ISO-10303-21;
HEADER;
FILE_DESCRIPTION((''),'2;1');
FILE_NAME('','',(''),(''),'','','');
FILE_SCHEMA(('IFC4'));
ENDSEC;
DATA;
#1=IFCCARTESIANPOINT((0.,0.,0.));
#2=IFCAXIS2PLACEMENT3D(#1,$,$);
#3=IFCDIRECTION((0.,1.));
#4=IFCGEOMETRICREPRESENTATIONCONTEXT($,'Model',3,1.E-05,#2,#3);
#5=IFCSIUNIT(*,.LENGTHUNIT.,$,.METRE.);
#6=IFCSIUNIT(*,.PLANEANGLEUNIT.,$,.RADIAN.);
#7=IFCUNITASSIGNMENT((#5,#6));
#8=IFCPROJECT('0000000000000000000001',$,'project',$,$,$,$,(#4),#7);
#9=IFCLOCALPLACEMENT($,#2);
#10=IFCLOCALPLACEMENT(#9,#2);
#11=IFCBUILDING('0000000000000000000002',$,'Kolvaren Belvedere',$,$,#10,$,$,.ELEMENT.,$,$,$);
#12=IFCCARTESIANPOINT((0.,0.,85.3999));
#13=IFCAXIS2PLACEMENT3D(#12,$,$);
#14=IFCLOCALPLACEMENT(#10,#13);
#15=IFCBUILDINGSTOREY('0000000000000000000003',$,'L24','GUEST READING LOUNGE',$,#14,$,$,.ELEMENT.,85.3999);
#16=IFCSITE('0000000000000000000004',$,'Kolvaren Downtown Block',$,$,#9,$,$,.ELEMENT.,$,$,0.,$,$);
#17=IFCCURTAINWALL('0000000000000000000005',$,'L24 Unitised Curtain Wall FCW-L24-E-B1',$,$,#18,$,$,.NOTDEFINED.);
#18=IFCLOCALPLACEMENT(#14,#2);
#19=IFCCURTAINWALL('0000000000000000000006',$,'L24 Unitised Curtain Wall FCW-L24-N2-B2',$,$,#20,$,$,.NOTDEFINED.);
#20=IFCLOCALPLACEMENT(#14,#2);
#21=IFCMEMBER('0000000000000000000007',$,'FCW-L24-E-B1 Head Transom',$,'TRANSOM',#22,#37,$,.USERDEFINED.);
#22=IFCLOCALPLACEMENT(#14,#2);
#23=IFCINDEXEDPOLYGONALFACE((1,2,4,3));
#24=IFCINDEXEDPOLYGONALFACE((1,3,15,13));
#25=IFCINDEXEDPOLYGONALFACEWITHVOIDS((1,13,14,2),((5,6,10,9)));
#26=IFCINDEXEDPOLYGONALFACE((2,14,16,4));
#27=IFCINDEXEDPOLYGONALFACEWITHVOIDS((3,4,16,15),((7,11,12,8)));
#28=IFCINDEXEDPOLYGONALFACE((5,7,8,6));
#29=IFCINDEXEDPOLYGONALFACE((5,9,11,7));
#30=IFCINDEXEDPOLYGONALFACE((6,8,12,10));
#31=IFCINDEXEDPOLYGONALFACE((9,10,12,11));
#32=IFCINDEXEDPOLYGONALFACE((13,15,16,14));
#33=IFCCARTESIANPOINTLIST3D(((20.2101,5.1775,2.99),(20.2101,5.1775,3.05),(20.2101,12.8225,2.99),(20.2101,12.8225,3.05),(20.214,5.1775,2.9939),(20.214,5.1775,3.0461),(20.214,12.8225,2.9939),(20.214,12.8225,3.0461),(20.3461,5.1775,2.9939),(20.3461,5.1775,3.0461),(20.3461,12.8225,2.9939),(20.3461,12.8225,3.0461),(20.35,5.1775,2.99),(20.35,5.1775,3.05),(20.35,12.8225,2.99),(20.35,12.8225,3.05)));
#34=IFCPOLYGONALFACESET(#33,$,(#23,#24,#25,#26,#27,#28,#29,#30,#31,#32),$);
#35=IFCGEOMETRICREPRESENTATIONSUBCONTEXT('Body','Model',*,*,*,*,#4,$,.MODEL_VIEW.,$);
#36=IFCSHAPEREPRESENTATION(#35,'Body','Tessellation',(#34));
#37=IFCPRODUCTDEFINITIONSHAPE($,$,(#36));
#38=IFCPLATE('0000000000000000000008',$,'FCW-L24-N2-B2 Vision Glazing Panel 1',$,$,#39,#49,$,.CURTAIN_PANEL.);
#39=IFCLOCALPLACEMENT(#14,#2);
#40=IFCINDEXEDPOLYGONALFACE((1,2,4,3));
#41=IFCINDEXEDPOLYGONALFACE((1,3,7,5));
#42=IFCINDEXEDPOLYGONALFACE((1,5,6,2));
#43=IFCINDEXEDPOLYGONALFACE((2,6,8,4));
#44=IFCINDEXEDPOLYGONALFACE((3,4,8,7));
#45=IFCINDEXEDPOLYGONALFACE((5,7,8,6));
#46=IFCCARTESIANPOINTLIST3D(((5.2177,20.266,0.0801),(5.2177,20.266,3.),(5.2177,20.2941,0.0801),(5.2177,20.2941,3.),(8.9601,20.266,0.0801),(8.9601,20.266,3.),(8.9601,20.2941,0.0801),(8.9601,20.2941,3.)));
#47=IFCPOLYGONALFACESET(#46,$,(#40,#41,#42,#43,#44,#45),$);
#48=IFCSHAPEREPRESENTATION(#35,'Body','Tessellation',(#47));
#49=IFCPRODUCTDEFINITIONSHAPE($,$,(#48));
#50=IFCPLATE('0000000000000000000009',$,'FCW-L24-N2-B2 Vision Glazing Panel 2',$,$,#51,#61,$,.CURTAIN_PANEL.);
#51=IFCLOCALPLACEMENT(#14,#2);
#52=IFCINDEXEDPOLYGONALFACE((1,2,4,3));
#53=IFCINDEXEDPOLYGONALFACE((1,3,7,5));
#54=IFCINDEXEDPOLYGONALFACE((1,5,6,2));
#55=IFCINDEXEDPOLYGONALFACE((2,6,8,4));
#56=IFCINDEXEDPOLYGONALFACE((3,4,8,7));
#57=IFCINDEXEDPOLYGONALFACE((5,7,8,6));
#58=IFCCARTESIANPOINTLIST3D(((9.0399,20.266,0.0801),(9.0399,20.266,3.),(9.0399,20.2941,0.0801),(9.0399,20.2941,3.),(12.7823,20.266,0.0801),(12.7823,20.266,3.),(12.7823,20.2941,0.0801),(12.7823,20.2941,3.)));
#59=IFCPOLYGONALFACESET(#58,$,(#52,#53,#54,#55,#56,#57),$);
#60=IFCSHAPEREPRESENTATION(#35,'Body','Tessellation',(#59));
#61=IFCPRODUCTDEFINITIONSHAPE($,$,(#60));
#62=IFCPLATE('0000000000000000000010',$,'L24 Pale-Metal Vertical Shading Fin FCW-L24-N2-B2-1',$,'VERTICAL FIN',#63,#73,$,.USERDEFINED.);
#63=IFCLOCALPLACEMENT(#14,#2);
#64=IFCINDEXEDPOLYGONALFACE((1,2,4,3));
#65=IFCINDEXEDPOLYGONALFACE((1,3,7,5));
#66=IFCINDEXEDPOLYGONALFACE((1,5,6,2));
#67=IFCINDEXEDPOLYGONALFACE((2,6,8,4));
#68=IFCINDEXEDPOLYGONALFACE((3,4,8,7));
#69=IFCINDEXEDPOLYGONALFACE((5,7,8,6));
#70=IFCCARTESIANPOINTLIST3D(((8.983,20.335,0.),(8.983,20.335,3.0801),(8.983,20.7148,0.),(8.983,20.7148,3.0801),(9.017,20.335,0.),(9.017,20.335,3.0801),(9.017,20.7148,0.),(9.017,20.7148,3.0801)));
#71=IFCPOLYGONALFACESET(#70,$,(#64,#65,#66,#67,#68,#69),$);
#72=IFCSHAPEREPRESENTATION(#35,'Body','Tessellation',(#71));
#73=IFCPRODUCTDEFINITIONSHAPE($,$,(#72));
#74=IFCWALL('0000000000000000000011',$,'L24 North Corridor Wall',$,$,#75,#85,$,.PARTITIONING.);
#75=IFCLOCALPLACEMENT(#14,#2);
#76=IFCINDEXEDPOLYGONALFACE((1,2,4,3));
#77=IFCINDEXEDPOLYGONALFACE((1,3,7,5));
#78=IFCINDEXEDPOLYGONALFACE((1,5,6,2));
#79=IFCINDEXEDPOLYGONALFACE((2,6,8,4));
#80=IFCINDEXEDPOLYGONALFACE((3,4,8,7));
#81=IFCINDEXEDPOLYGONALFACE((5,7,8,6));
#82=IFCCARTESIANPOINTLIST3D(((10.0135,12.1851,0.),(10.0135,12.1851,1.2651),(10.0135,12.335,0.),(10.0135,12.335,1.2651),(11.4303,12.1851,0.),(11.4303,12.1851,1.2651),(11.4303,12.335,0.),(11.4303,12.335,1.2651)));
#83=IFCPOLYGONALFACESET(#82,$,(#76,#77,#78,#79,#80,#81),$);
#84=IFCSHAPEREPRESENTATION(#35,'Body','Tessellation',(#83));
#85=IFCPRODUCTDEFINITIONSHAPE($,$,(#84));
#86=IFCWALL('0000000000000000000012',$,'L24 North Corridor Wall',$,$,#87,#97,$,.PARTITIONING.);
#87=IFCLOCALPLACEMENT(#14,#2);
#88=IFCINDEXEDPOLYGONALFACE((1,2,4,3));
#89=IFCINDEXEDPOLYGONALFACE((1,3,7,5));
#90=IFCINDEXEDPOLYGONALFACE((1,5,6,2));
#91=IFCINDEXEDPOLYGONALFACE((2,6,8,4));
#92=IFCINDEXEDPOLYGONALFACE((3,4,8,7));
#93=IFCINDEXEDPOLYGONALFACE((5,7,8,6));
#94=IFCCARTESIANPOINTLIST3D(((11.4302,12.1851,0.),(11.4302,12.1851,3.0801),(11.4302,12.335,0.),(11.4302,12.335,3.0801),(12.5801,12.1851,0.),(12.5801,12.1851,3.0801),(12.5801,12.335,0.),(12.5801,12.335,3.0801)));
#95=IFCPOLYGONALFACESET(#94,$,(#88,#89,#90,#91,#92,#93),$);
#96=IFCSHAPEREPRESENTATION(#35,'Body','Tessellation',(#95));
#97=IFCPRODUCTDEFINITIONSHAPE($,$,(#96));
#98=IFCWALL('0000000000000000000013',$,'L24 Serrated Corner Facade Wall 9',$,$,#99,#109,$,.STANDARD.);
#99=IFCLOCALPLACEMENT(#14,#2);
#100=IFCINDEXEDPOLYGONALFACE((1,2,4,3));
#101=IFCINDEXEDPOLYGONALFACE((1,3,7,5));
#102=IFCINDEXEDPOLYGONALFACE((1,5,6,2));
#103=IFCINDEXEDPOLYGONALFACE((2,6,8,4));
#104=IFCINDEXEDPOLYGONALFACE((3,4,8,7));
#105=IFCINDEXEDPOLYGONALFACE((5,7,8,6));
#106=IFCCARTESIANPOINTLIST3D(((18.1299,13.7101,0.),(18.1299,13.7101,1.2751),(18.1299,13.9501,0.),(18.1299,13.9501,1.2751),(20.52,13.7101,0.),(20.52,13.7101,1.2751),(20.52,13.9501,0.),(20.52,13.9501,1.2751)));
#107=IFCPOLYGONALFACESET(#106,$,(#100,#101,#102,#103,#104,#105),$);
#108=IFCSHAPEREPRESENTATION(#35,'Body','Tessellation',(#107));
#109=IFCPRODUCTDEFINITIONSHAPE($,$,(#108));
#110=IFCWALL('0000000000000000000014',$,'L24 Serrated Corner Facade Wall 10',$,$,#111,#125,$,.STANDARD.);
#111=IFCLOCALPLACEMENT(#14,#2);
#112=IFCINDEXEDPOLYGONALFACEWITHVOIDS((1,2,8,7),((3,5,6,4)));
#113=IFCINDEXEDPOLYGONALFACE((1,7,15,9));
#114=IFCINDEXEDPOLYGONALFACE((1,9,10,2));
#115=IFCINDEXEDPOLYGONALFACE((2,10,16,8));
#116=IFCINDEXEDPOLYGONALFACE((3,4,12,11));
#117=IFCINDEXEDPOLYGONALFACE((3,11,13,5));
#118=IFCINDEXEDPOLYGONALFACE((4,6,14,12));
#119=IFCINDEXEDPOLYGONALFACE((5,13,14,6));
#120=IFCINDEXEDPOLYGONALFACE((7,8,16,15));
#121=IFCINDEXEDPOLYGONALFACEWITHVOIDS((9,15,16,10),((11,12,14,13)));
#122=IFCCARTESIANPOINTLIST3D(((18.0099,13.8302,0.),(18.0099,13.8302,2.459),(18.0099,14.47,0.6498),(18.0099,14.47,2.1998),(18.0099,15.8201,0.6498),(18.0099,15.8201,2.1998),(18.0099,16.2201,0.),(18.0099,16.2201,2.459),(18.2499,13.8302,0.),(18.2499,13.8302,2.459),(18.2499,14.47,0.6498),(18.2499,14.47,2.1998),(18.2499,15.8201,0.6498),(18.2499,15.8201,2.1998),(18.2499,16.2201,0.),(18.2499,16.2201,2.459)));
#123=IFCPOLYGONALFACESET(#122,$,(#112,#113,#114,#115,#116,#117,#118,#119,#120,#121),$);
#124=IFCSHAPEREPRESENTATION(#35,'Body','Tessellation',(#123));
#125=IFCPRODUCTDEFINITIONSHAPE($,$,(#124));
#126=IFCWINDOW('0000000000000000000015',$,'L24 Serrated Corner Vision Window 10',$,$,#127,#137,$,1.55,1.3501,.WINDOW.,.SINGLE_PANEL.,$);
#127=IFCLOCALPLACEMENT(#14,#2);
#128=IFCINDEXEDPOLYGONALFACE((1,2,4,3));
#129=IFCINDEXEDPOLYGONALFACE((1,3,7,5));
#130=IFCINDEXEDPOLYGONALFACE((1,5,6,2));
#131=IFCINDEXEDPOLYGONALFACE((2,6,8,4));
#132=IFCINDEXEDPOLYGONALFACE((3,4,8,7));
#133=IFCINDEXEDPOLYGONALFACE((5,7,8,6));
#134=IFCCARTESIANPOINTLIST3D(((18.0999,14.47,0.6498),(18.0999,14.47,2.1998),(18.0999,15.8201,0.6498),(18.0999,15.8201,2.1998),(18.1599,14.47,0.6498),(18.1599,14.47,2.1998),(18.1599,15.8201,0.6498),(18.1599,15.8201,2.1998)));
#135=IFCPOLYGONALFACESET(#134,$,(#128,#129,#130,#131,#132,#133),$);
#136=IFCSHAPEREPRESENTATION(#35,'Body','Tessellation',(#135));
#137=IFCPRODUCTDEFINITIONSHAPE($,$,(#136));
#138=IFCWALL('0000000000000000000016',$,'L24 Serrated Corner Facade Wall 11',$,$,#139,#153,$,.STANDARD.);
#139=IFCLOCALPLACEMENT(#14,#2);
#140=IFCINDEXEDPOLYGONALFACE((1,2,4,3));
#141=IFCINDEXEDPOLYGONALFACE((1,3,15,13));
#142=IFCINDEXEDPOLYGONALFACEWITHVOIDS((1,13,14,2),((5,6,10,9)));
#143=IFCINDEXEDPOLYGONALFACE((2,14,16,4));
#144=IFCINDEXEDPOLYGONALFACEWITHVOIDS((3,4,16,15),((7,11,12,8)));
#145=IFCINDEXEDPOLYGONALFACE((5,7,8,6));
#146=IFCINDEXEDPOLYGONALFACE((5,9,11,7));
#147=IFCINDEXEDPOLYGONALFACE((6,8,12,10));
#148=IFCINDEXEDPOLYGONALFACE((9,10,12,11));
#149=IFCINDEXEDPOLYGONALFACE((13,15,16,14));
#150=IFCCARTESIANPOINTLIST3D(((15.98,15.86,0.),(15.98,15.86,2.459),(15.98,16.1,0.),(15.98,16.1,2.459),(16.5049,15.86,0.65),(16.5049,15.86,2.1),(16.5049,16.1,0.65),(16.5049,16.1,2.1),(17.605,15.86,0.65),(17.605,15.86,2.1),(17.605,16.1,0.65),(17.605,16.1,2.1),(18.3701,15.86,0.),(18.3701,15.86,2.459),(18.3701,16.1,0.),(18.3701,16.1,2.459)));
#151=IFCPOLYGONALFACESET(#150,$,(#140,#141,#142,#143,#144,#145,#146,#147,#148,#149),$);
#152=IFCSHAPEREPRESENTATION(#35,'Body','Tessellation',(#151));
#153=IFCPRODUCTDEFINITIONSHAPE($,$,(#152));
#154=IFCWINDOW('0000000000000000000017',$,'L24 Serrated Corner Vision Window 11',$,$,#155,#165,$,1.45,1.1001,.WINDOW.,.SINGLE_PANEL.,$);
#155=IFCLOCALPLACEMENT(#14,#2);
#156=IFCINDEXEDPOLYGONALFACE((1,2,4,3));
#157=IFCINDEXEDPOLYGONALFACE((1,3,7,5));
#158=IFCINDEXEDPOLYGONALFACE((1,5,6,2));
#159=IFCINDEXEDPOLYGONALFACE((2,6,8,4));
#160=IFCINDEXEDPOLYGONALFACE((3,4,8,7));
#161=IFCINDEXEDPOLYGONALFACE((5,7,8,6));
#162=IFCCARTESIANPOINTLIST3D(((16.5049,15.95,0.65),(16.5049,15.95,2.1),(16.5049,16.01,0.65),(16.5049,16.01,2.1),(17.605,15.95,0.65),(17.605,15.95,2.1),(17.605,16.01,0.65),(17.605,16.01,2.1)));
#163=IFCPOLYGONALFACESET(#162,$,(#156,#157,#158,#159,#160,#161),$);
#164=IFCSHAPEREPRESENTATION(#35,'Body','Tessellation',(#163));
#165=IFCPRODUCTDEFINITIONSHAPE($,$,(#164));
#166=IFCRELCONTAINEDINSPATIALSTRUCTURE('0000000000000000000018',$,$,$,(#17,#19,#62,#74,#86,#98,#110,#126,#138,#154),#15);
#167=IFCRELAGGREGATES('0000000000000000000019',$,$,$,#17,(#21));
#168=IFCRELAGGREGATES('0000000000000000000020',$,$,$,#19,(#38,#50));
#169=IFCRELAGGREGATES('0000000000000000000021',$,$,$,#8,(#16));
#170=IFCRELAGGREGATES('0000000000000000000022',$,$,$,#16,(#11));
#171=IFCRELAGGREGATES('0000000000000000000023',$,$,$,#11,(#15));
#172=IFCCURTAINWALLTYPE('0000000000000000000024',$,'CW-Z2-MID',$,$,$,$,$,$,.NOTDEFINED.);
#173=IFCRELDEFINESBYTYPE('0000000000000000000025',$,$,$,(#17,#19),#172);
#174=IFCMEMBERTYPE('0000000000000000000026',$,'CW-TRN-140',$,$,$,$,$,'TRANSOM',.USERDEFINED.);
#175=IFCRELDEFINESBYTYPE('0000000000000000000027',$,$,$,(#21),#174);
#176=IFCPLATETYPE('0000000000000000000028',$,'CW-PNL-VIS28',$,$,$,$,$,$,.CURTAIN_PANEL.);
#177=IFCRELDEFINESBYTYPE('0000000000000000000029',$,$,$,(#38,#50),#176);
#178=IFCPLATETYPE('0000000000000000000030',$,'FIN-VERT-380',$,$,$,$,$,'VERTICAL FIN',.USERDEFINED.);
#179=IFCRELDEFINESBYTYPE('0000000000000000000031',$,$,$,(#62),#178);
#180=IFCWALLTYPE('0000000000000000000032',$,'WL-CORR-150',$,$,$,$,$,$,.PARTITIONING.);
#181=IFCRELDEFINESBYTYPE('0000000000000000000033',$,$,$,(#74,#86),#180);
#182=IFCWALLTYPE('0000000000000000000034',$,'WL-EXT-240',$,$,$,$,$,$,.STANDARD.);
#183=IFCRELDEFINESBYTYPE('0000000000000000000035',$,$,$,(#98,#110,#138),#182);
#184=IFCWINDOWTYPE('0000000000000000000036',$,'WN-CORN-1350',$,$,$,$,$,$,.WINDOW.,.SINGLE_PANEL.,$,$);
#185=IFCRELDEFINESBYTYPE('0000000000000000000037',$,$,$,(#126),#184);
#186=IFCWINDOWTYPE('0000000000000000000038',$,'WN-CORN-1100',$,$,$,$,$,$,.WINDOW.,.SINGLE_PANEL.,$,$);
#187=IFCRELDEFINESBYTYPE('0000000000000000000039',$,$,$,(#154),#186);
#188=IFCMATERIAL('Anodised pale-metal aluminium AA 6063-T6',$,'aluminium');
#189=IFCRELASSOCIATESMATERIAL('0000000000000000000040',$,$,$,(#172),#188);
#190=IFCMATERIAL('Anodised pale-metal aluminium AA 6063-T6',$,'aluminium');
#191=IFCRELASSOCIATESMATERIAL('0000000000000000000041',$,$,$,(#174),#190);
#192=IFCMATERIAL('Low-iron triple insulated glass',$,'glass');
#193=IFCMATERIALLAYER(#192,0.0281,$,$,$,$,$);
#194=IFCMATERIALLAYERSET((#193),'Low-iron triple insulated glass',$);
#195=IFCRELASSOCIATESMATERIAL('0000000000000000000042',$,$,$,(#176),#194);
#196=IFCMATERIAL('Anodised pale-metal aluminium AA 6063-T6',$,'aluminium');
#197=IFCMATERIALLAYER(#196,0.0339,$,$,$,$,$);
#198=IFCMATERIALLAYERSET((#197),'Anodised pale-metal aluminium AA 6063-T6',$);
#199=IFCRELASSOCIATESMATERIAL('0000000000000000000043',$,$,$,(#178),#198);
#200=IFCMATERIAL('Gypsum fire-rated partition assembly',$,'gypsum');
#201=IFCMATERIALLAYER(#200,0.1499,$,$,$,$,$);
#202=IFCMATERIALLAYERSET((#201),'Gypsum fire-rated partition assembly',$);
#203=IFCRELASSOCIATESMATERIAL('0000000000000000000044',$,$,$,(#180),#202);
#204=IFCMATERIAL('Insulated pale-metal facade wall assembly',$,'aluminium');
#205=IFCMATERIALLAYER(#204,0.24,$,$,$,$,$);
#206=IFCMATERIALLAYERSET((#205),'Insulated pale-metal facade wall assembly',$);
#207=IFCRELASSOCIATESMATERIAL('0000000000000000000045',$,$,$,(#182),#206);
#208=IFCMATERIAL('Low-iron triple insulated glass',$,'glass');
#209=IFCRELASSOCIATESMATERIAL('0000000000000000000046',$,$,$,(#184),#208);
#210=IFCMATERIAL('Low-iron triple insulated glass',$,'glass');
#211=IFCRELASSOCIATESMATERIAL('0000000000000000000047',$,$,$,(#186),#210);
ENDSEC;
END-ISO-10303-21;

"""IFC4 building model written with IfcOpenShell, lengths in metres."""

from ifc_helpers import new_model, si_unit, direction, frame, frame_2d, origin, origin_2d, place, context, subcontext, project, spatial, rectangle, hollow_rectangle, extrude, material, layer, layer_set, material_profile, profile_set, type_object, element, fill, aggregate, save


model = new_model("IFC4")

# Units and contexts
model_context = context("Model", 3, precision=1e-05, world=origin(), true_north=direction((0.0, 1.0)))
body_context = subcontext(model_context, "Body", "Model", "MODEL_VIEW")
ifc_project = project(units=[si_unit("LENGTHUNIT", "METRE"), si_unit("PLANEANGLEUNIT", "RADIAN")], contexts=[model_context])

# Site, building, storey
site_placement = place(None, origin())
site = spatial("IfcSite", under=ifc_project, at=site_placement, Name="Kolvaren Downtown Block", CompositionType="ELEMENT", RefElevation=0.0)
building_placement = place(site_placement, origin())
building = spatial("IfcBuilding", under=site, at=building_placement, Name="Kolvaren Belvedere", CompositionType="ELEMENT")
storey_placement = place(building_placement, frame((0.0, 0.0, 85.3999)))
storey = spatial("IfcBuildingStorey", under=building, at=storey_placement, Name="L24", Description="GUEST READING LOUNGE", CompositionType="ELEMENT", Elevation=85.3999)

# Curtain wall
ifc_material_1 = material(Name="Anodised pale-metal aluminium AA 6063-T6", Category="aluminium")
curtain_wall_type = type_object("IfcCurtainWallType", Name="CW-Z2-MID", PredefinedType="NOTDEFINED", material=ifc_material_1)
curtain_wall_1_placement = place(storey_placement, origin())
curtain_wall_1 = element("IfcCurtainWall", 1, at=curtain_wall_1_placement, inside=storey, type_object=curtain_wall_type, Name="L24 Unitised Curtain Wall FCW-L24-E-B1", PredefinedType="NOTDEFINED")

# Curtain wall
curtain_wall_2_placement = place(storey_placement, origin())
curtain_wall_2 = element("IfcCurtainWall", 2, at=curtain_wall_2_placement, inside=storey, type_object=curtain_wall_type, Name="L24 Unitised Curtain Wall FCW-L24-N2-B2", PredefinedType="NOTDEFINED")

# Member
ifc_material_2 = material(Name="Anodised pale-metal aluminium AA 6063-T6", Category="aluminium")
ifc_material_profile_1 = material_profile(ifc_material_2, hollow_rectangle(XDim=0.0601, YDim=0.1399, WallThickness=0.0039, at=origin_2d()), Name="ALU-TRN-140X60")
ifc_profile_set_1 = profile_set([ifc_material_profile_1], Name="Anodised pale-metal aluminium AA 6063-T6")
member_type_1 = type_object("IfcMemberType", Name="CW-TRN-140", ElementType="TRANSOM", PredefinedType="USERDEFINED", material=ifc_profile_set_1)
member_1_placement = place(storey_placement, frame((20.28, 12.8225, 3.02), z_axis=(0.0, -1.0, 0.0), x_axis=(0.0, 0.0, 1.0)))
member_1 = element("IfcMember", 3, at=member_1_placement, type_object=member_type_1, Name="FCW-L24-E-B1 Head Transom", ObjectType="TRANSOM", PredefinedType="USERDEFINED", context=body_context, shape_type="SweptSolid", body=[
    extrude(hollow_rectangle(XDim=0.0601, YDim=0.1399, WallThickness=0.0039, at=origin_2d()), origin(), (0.0, 0.0, 1.0), 7.645),
])
aggregate(curtain_wall_1, [member_1])

# Plates
ifc_material_3 = material(Name="Low-iron triple insulated glass", Category="glass")
ifc_layer_1 = layer(ifc_material_3, 0.0281)
ifc_layer_set_1 = layer_set([ifc_layer_1], Name="Low-iron triple insulated glass")
plate_type_1 = type_object("IfcPlateType", Name="CW-PNL-VIS28", PredefinedType="CURTAIN_PANEL", material=ifc_layer_set_1)
plate_1_placement = place(storey_placement, frame((7.0889, 20.28, 0.0801), z_axis=(0.0, 0.0, 1.0), x_axis=(1.0, 0.0, 0.0)))
plate_1 = element("IfcPlate", 4, at=plate_1_placement, type_object=plate_type_1, Name="FCW-L24-N2-B2 Vision Glazing Panel 1", PredefinedType="CURTAIN_PANEL", context=body_context, shape_type="SweptSolid", body=[
    extrude(rectangle(XDim=3.7424, YDim=0.0281, at=origin_2d()), origin(), (0.0, 0.0, 1.0), 2.9199),
])
plate_2_placement = place(storey_placement, frame((10.9111, 20.28, 0.0801), z_axis=(0.0, 0.0, 1.0), x_axis=(1.0, 0.0, 0.0)))
plate_2 = element("IfcPlate", 5, at=plate_2_placement, type_object=plate_type_1, Name="FCW-L24-N2-B2 Vision Glazing Panel 2", PredefinedType="CURTAIN_PANEL", context=body_context, shape_type="SweptSolid", body=[
    extrude(rectangle(XDim=3.7424, YDim=0.0281, at=origin_2d()), origin(), (0.0, 0.0, 1.0), 2.9199),
])
aggregate(curtain_wall_2, [plate_1, plate_2])
ifc_material_4 = material(Name="Anodised pale-metal aluminium AA 6063-T6", Category="aluminium")
ifc_layer_2 = layer(ifc_material_4, 0.0339)
ifc_layer_set_2 = layer_set([ifc_layer_2], Name="Anodised pale-metal aluminium AA 6063-T6")
plate_type_2 = type_object("IfcPlateType", Name="FIN-VERT-380", ElementType="VERTICAL FIN", PredefinedType="USERDEFINED", material=ifc_layer_set_2)
plate_3_placement = place(storey_placement, frame((9.0, 20.5249, 0.0), z_axis=(0.0, 0.0, 1.0), x_axis=(0.0, 1.0, 0.0)))
element("IfcPlate", 6, at=plate_3_placement, inside=storey, type_object=plate_type_2, Name="L24 Pale-Metal Vertical Shading Fin FCW-L24-N2-B2-1", ObjectType="VERTICAL FIN", PredefinedType="USERDEFINED", context=body_context, shape_type="SweptSolid", body=[
    extrude(rectangle(XDim=0.3799, YDim=0.0339, at=origin_2d()), origin(), (0.0, 0.0, 1.0), 3.0801),
])

# Walls
ifc_material_5 = material(Name="Gypsum fire-rated partition assembly", Category="gypsum")
ifc_layer_3 = layer(ifc_material_5, 0.1499)
ifc_layer_set_3 = layer_set([ifc_layer_3], Name="Gypsum fire-rated partition assembly")
wall_type_1 = type_object("IfcWallType", Name="WL-CORR-150", PredefinedType="PARTITIONING", material=ifc_layer_set_3)
wall_1_placement = place(storey_placement, frame((10.0134, 12.26, 0.0), z_axis=(0.0, 0.0, 1.0), x_axis=(1.0, 0.0, 0.0)))
element("IfcWall", 7, at=wall_1_placement, inside=storey, type_object=wall_type_1, Name="L24 North Corridor Wall", PredefinedType="PARTITIONING", context=body_context, shape_type="SweptSolid", body=[
    extrude(rectangle(XDim=1.4167, YDim=0.1499, at=frame_2d((0.7085, 0.0))), origin(), (0.0, 0.0, 1.0), 1.2651),
])
wall_2_placement = place(storey_placement, frame((11.4302, 12.26, 0.0), z_axis=(0.0, 0.0, 1.0), x_axis=(1.0, 0.0, 0.0)))
element("IfcWall", 8, at=wall_2_placement, inside=storey, type_object=wall_type_1, Name="L24 North Corridor Wall", PredefinedType="PARTITIONING", context=body_context, shape_type="SweptSolid", body=[
    extrude(rectangle(XDim=1.1499, YDim=0.1499, at=frame_2d((0.575, 0.0))), origin(), (0.0, 0.0, 1.0), 3.0801),
])
ifc_material_6 = material(Name="Insulated pale-metal facade wall assembly", Category="aluminium")
ifc_layer_4 = layer(ifc_material_6, 0.24)
ifc_layer_set_4 = layer_set([ifc_layer_4], Name="Insulated pale-metal facade wall assembly")
wall_type_2 = type_object("IfcWallType", Name="WL-EXT-240", PredefinedType="STANDARD", material=ifc_layer_set_4)
wall_3_placement = place(storey_placement, frame((18.1299, 13.8301, 0.0), z_axis=(0.0, 0.0, 1.0), x_axis=(1.0, 0.0, 0.0)))
element("IfcWall", 9, at=wall_3_placement, inside=storey, type_object=wall_type_2, Name="L24 Serrated Corner Facade Wall 9", PredefinedType="STANDARD", context=body_context, shape_type="SweptSolid", body=[
    extrude(rectangle(XDim=2.3901, YDim=0.24, at=frame_2d((1.1951, 0.0))), origin(), (0.0, 0.0, 1.0), 1.2751),
])

# Walls, openings, windows
wall_4_placement = place(storey_placement, frame((18.1299, 16.22, 0.0), z_axis=(0.0, 0.0, 1.0), x_axis=(0.0, -1.0, 0.0)))
wall_4 = element("IfcWall", 10, at=wall_4_placement, inside=storey, type_object=wall_type_2, Name="L24 Serrated Corner Facade Wall 10", PredefinedType="STANDARD", context=body_context, shape_type="SweptSolid", body=[
    extrude(rectangle(XDim=2.3899, YDim=0.24, at=frame_2d((1.1948, 0.0))), origin(), (0.0, 0.0, 1.0), 2.459),
])
opening_1_placement = place(wall_4_placement, frame((0.3999, 0.0, 0.6499)))
opening_1 = element("IfcOpeningElement", 11, at=opening_1_placement, cuts=wall_4, PredefinedType="OPENING", context=body_context, shape_type="SweptSolid", body=[
    extrude(rectangle(XDim=1.3501, YDim=1.55, at=frame_2d((0.675, 0.7749))), frame((0.0, 0.1299, 0.0), z_axis=(0.0, -1.0, 0.0), x_axis=(1.0, 0.0, 0.0)), (0.0, 0.0, 1.0), 0.26),
])
ifc_material_7 = material(Name="Low-iron triple insulated glass", Category="glass")
window_type_1 = type_object("IfcWindowType", Name="WN-CORN-1350", PartitioningType="SINGLE_PANEL", PredefinedType="WINDOW", material=ifc_material_7)
window_1_placement = place(opening_1_placement, origin())
window_1 = element("IfcWindow", 12, at=window_1_placement, inside=storey, type_object=window_type_1, Name="L24 Serrated Corner Vision Window 10", OverallHeight=1.55, OverallWidth=1.3501, PartitioningType="SINGLE_PANEL", PredefinedType="WINDOW", context=body_context, shape_type="SweptSolid", body=[
    extrude(rectangle(XDim=1.3501, YDim=1.55, at=frame_2d((0.675, 0.7749))), frame((0.0, 0.03, 0.0), z_axis=(0.0, -1.0, 0.0), x_axis=(1.0, 0.0, 0.0)), (0.0, 0.0, 1.0), 0.0601),
])
fill(opening_1, window_1)
wall_5_placement = place(storey_placement, frame((15.98, 15.98, 0.0), z_axis=(0.0, 0.0, 1.0), x_axis=(1.0, 0.0, 0.0)))
wall_5 = element("IfcWall", 13, at=wall_5_placement, inside=storey, type_object=wall_type_2, Name="L24 Serrated Corner Facade Wall 11", PredefinedType="STANDARD", context=body_context, shape_type="SweptSolid", body=[
    extrude(rectangle(XDim=2.3901, YDim=0.24, at=frame_2d((1.1951, 0.0))), origin(), (0.0, 0.0, 1.0), 2.459),
])
opening_2_placement = place(wall_5_placement, frame((0.5249, 0.0, 0.6499)))
opening_2 = element("IfcOpeningElement", 14, at=opening_2_placement, cuts=wall_5, PredefinedType="OPENING", context=body_context, shape_type="SweptSolid", body=[
    extrude(rectangle(XDim=1.1001, YDim=1.45, at=frame_2d((0.55, 0.7251))), frame((0.0, 0.1299, 0.0), z_axis=(0.0, -1.0, 0.0), x_axis=(1.0, 0.0, 0.0)), (0.0, 0.0, 1.0), 0.26),
])
ifc_material_8 = material(Name="Low-iron triple insulated glass", Category="glass")
window_type_2 = type_object("IfcWindowType", Name="WN-CORN-1100", PartitioningType="SINGLE_PANEL", PredefinedType="WINDOW", material=ifc_material_8)
window_2_placement = place(opening_2_placement, origin())
window_2 = element("IfcWindow", 15, at=window_2_placement, inside=storey, type_object=window_type_2, Name="L24 Serrated Corner Vision Window 11", OverallHeight=1.45, OverallWidth=1.1001, PartitioningType="SINGLE_PANEL", PredefinedType="WINDOW", context=body_context, shape_type="SweptSolid", body=[
    extrude(rectangle(XDim=1.1001, YDim=1.45, at=frame_2d((0.55, 0.7251))), frame((0.0, 0.03, 0.0), z_axis=(0.0, -1.0, 0.0), x_axis=(1.0, 0.0, 0.0)), (0.0, 0.0, 1.0), 0.0601),
])
fill(opening_2, window_2)

save(model, "model.ifc")
